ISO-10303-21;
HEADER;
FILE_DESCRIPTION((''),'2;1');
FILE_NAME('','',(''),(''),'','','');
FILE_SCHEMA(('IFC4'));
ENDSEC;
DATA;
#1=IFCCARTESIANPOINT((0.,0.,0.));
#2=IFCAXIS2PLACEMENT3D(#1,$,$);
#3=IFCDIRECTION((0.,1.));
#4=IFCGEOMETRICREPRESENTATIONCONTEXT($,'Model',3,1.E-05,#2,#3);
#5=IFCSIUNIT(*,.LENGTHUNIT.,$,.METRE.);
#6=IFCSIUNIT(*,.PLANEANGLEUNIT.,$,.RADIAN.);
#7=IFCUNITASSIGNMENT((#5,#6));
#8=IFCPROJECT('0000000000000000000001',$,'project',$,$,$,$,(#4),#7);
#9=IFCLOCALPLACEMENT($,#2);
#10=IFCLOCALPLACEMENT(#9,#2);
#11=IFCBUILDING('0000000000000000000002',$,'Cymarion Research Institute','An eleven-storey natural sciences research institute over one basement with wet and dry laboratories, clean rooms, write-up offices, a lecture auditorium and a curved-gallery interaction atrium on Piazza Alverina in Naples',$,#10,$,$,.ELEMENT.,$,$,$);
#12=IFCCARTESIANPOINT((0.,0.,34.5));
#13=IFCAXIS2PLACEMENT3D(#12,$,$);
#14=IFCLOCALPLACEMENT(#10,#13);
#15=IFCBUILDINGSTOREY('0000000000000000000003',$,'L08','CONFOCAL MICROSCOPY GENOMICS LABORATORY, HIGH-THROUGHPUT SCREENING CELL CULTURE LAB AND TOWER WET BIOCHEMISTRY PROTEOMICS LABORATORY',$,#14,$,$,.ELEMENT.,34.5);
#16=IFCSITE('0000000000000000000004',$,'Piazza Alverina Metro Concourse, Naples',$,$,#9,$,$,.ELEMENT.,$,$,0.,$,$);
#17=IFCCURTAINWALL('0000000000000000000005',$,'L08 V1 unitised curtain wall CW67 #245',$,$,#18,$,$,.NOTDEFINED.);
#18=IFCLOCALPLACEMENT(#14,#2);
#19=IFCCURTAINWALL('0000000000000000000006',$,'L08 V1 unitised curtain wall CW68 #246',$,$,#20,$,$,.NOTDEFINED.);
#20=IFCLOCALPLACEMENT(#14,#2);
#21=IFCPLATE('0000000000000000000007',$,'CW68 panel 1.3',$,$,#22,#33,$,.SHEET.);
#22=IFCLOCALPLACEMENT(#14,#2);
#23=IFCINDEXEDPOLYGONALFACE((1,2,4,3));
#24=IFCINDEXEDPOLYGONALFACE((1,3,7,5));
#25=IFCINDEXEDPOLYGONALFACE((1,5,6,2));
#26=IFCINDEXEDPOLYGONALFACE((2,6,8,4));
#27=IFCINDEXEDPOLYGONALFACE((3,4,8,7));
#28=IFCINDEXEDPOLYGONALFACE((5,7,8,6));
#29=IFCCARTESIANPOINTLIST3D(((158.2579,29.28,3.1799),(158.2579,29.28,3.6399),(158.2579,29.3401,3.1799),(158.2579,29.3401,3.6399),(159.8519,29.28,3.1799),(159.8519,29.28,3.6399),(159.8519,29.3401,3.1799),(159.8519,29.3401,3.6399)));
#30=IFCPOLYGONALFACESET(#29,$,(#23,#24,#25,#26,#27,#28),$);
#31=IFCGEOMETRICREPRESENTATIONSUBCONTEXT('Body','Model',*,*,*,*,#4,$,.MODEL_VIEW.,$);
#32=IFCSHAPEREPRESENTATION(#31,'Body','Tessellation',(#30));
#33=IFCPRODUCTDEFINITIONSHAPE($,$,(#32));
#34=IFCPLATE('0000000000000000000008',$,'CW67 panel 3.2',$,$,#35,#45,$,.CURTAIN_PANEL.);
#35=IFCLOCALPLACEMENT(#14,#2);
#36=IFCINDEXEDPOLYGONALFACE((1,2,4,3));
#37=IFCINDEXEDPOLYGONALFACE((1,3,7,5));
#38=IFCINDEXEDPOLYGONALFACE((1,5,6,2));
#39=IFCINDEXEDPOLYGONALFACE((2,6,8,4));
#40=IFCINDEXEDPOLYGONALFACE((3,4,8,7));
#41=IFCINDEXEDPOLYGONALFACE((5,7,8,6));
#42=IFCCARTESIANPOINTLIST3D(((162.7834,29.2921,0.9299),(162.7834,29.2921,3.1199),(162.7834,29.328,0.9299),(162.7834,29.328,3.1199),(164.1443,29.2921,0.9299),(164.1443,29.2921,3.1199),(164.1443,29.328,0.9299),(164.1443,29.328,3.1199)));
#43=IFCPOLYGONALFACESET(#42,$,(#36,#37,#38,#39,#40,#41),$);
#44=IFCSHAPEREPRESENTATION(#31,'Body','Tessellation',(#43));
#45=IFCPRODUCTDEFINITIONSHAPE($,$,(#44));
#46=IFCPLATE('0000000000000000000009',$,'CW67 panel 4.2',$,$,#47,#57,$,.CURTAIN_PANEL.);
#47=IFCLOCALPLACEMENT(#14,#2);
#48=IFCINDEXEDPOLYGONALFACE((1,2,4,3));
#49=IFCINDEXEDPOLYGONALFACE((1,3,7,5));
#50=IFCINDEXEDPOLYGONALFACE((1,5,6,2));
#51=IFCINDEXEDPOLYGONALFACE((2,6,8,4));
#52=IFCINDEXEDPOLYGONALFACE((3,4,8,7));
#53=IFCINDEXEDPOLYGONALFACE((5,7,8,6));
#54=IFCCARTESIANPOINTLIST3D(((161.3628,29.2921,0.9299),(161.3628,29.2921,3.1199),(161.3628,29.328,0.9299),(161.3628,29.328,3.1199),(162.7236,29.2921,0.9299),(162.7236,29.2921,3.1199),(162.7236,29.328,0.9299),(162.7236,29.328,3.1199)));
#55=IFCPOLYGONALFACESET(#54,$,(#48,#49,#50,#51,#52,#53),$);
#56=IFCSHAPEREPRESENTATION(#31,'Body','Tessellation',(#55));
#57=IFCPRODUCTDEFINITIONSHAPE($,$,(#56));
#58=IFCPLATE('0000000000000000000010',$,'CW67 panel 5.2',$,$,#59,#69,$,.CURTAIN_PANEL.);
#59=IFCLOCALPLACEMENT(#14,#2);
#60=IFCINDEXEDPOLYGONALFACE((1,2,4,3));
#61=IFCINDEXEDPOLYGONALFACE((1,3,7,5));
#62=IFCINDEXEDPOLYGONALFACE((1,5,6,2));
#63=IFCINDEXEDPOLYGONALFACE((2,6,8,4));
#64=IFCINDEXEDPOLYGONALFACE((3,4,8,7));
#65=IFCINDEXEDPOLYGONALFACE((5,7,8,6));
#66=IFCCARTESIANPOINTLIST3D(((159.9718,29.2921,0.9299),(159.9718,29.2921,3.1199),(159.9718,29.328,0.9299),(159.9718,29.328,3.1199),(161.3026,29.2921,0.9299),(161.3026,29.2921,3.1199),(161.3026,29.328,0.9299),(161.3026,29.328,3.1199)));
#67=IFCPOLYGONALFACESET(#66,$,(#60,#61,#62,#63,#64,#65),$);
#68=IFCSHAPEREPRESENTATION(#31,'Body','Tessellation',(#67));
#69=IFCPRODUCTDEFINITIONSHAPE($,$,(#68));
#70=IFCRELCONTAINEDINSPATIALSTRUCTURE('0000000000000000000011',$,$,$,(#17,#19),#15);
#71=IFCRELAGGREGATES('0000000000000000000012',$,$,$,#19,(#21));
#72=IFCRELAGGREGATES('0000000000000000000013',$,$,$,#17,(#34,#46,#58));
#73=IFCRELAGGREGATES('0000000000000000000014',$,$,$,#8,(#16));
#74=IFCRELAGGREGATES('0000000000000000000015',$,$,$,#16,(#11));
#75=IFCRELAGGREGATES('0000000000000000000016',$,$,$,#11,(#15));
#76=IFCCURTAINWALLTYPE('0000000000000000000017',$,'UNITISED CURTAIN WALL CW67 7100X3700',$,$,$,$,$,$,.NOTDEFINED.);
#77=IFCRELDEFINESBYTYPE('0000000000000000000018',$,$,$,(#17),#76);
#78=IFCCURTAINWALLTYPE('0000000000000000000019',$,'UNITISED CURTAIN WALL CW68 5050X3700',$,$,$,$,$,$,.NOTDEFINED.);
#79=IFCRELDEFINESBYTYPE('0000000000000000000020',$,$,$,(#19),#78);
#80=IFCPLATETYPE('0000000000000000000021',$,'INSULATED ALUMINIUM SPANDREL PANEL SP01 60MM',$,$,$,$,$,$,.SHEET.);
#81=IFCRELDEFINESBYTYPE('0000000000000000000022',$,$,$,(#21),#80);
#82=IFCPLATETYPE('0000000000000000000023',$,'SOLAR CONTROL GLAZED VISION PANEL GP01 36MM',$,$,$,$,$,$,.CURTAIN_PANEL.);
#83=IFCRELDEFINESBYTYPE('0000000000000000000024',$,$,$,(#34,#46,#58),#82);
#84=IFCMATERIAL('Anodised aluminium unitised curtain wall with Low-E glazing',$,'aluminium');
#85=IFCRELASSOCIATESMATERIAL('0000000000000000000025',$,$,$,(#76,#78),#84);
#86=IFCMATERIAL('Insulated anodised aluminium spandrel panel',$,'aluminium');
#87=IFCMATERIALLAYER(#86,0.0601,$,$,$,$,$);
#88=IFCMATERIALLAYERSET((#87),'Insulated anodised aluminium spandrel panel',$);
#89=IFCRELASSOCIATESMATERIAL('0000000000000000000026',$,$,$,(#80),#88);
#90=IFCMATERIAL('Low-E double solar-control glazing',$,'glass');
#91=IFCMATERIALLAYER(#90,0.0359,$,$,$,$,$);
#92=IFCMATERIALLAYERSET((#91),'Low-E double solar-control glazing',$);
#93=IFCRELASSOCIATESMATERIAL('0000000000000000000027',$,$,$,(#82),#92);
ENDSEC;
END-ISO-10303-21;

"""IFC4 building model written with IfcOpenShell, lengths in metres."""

from ifc_helpers import new_model, si_unit, direction, frame, origin, origin_2d, place, context, subcontext, project, spatial, rectangle, extrude, material, layer, layer_set, type_object, element, aggregate, save


model = new_model("IFC4")

# Units and contexts
model_context = context("Model", 3, precision=1e-05, world=origin(), true_north=direction((0.0, 1.0)))
body_context = subcontext(model_context, "Body", "Model", "MODEL_VIEW")
ifc_project = project(units=[si_unit("LENGTHUNIT", "METRE"), si_unit("PLANEANGLEUNIT", "RADIAN")], contexts=[model_context])

# Site, building, storey
site_placement = place(None, origin())
site = spatial("IfcSite", under=ifc_project, at=site_placement, Name="Piazza Alverina Metro Concourse, Naples", CompositionType="ELEMENT", RefElevation=0.0)
building_placement = place(site_placement, origin())
building = spatial("IfcBuilding", under=site, at=building_placement, Name="Cymarion Research Institute", Description="An eleven-storey natural sciences research institute over one basement with wet and dry laboratories, clean rooms, write-up offices, a lecture auditorium and a curved-gallery interaction atrium on Piazza Alverina in Naples", CompositionType="ELEMENT")
storey_placement = place(building_placement, frame((0.0, 0.0, 34.5)))
storey = spatial("IfcBuildingStorey", under=building, at=storey_placement, Name="L08", Description="CONFOCAL MICROSCOPY GENOMICS LABORATORY, HIGH-THROUGHPUT SCREENING CELL CULTURE LAB AND TOWER WET BIOCHEMISTRY PROTEOMICS LABORATORY", CompositionType="ELEMENT", Elevation=34.5)

# Curtain wall
ifc_material_1 = material(Name="Anodised aluminium unitised curtain wall with Low-E glazing", Category="aluminium")
curtain_wall_type_1 = type_object("IfcCurtainWallType", Name="UNITISED CURTAIN WALL CW67 7100X3700", PredefinedType="NOTDEFINED", material=ifc_material_1)
curtain_wall_1_placement = place(storey_placement, origin())
curtain_wall_1 = element("IfcCurtainWall", 1, at=curtain_wall_1_placement, inside=storey, type_object=curtain_wall_type_1, Name="L08 V1 unitised curtain wall CW67 #245", PredefinedType="NOTDEFINED")

# Curtain wall
curtain_wall_type_2 = type_object("IfcCurtainWallType", Name="UNITISED CURTAIN WALL CW68 5050X3700", PredefinedType="NOTDEFINED", material=ifc_material_1)
curtain_wall_2_placement = place(storey_placement, origin())
curtain_wall_2 = element("IfcCurtainWall", 2, at=curtain_wall_2_placement, inside=storey, type_object=curtain_wall_type_2, Name="L08 V1 unitised curtain wall CW68 #246", PredefinedType="NOTDEFINED")

# Plates
ifc_material_2 = material(Name="Insulated anodised aluminium spandrel panel", Category="aluminium")
ifc_layer_1 = layer(ifc_material_2, 0.0601)
ifc_layer_set_1 = layer_set([ifc_layer_1], Name="Insulated anodised aluminium spandrel panel")
plate_type_1 = type_object("IfcPlateType", Name="INSULATED ALUMINIUM SPANDREL PANEL SP01 60MM", PredefinedType="SHEET", material=ifc_layer_set_1)
plate_1_placement = place(storey_placement, frame((159.0549, 29.3101, 3.1799), z_axis=(0.0, 0.0, 1.0), x_axis=(-1.0, 0.0, 0.0)))
plate_1 = element("IfcPlate", 3, at=plate_1_placement, type_object=plate_type_1, Name="CW68 panel 1.3", PredefinedType="SHEET", context=body_context, shape_type="SweptSolid", body=[
    extrude(rectangle(XDim=1.594, YDim=0.0601, at=origin_2d()), origin(), (0.0, 0.0, 1.0), 0.46),
])
aggregate(curtain_wall_2, [plate_1])
ifc_material_3 = material(Name="Low-E double solar-control glazing", Category="glass")
ifc_layer_2 = layer(ifc_material_3, 0.0359)
ifc_layer_set_2 = layer_set([ifc_layer_2], Name="Low-E double solar-control glazing")
plate_type_2 = type_object("IfcPlateType", Name="SOLAR CONTROL GLAZED VISION PANEL GP01 36MM", PredefinedType="CURTAIN_PANEL", material=ifc_layer_set_2)
plate_2_placement = place(storey_placement, frame((163.4639, 29.3101, 0.9299), z_axis=(0.0, 0.0, 1.0), x_axis=(-1.0, 0.0, 0.0)))
plate_2 = element("IfcPlate", 4, at=plate_2_placement, type_object=plate_type_2, Name="CW67 panel 3.2", PredefinedType="CURTAIN_PANEL", context=body_context, shape_type="SweptSolid", body=[
    extrude(rectangle(XDim=1.3608, YDim=0.0359, at=origin_2d()), origin(), (0.0, 0.0, 1.0), 2.1899),
])
plate_3_placement = place(storey_placement, frame((162.0432, 29.3101, 0.9299), z_axis=(0.0, 0.0, 1.0), x_axis=(-1.0, 0.0, 0.0)))
plate_3 = element("IfcPlate", 5, at=plate_3_placement, type_object=plate_type_2, Name="CW67 panel 4.2", PredefinedType="CURTAIN_PANEL", context=body_context, shape_type="SweptSolid", body=[
    extrude(rectangle(XDim=1.3608, YDim=0.0359, at=origin_2d()), origin(), (0.0, 0.0, 1.0), 2.1899),
])
plate_4_placement = place(storey_placement, frame((160.6372, 29.3101, 0.9299), z_axis=(0.0, 0.0, 1.0), x_axis=(-1.0, 0.0, 0.0)))
plate_4 = element("IfcPlate", 6, at=plate_4_placement, type_object=plate_type_2, Name="CW67 panel 5.2", PredefinedType="CURTAIN_PANEL", context=body_context, shape_type="SweptSolid", body=[
    extrude(rectangle(XDim=1.3308, YDim=0.0359, at=origin_2d()), origin(), (0.0, 0.0, 1.0), 2.1899),
])
aggregate(curtain_wall_1, [plate_2, plate_3, plate_4])

save(model, "model.ifc")
